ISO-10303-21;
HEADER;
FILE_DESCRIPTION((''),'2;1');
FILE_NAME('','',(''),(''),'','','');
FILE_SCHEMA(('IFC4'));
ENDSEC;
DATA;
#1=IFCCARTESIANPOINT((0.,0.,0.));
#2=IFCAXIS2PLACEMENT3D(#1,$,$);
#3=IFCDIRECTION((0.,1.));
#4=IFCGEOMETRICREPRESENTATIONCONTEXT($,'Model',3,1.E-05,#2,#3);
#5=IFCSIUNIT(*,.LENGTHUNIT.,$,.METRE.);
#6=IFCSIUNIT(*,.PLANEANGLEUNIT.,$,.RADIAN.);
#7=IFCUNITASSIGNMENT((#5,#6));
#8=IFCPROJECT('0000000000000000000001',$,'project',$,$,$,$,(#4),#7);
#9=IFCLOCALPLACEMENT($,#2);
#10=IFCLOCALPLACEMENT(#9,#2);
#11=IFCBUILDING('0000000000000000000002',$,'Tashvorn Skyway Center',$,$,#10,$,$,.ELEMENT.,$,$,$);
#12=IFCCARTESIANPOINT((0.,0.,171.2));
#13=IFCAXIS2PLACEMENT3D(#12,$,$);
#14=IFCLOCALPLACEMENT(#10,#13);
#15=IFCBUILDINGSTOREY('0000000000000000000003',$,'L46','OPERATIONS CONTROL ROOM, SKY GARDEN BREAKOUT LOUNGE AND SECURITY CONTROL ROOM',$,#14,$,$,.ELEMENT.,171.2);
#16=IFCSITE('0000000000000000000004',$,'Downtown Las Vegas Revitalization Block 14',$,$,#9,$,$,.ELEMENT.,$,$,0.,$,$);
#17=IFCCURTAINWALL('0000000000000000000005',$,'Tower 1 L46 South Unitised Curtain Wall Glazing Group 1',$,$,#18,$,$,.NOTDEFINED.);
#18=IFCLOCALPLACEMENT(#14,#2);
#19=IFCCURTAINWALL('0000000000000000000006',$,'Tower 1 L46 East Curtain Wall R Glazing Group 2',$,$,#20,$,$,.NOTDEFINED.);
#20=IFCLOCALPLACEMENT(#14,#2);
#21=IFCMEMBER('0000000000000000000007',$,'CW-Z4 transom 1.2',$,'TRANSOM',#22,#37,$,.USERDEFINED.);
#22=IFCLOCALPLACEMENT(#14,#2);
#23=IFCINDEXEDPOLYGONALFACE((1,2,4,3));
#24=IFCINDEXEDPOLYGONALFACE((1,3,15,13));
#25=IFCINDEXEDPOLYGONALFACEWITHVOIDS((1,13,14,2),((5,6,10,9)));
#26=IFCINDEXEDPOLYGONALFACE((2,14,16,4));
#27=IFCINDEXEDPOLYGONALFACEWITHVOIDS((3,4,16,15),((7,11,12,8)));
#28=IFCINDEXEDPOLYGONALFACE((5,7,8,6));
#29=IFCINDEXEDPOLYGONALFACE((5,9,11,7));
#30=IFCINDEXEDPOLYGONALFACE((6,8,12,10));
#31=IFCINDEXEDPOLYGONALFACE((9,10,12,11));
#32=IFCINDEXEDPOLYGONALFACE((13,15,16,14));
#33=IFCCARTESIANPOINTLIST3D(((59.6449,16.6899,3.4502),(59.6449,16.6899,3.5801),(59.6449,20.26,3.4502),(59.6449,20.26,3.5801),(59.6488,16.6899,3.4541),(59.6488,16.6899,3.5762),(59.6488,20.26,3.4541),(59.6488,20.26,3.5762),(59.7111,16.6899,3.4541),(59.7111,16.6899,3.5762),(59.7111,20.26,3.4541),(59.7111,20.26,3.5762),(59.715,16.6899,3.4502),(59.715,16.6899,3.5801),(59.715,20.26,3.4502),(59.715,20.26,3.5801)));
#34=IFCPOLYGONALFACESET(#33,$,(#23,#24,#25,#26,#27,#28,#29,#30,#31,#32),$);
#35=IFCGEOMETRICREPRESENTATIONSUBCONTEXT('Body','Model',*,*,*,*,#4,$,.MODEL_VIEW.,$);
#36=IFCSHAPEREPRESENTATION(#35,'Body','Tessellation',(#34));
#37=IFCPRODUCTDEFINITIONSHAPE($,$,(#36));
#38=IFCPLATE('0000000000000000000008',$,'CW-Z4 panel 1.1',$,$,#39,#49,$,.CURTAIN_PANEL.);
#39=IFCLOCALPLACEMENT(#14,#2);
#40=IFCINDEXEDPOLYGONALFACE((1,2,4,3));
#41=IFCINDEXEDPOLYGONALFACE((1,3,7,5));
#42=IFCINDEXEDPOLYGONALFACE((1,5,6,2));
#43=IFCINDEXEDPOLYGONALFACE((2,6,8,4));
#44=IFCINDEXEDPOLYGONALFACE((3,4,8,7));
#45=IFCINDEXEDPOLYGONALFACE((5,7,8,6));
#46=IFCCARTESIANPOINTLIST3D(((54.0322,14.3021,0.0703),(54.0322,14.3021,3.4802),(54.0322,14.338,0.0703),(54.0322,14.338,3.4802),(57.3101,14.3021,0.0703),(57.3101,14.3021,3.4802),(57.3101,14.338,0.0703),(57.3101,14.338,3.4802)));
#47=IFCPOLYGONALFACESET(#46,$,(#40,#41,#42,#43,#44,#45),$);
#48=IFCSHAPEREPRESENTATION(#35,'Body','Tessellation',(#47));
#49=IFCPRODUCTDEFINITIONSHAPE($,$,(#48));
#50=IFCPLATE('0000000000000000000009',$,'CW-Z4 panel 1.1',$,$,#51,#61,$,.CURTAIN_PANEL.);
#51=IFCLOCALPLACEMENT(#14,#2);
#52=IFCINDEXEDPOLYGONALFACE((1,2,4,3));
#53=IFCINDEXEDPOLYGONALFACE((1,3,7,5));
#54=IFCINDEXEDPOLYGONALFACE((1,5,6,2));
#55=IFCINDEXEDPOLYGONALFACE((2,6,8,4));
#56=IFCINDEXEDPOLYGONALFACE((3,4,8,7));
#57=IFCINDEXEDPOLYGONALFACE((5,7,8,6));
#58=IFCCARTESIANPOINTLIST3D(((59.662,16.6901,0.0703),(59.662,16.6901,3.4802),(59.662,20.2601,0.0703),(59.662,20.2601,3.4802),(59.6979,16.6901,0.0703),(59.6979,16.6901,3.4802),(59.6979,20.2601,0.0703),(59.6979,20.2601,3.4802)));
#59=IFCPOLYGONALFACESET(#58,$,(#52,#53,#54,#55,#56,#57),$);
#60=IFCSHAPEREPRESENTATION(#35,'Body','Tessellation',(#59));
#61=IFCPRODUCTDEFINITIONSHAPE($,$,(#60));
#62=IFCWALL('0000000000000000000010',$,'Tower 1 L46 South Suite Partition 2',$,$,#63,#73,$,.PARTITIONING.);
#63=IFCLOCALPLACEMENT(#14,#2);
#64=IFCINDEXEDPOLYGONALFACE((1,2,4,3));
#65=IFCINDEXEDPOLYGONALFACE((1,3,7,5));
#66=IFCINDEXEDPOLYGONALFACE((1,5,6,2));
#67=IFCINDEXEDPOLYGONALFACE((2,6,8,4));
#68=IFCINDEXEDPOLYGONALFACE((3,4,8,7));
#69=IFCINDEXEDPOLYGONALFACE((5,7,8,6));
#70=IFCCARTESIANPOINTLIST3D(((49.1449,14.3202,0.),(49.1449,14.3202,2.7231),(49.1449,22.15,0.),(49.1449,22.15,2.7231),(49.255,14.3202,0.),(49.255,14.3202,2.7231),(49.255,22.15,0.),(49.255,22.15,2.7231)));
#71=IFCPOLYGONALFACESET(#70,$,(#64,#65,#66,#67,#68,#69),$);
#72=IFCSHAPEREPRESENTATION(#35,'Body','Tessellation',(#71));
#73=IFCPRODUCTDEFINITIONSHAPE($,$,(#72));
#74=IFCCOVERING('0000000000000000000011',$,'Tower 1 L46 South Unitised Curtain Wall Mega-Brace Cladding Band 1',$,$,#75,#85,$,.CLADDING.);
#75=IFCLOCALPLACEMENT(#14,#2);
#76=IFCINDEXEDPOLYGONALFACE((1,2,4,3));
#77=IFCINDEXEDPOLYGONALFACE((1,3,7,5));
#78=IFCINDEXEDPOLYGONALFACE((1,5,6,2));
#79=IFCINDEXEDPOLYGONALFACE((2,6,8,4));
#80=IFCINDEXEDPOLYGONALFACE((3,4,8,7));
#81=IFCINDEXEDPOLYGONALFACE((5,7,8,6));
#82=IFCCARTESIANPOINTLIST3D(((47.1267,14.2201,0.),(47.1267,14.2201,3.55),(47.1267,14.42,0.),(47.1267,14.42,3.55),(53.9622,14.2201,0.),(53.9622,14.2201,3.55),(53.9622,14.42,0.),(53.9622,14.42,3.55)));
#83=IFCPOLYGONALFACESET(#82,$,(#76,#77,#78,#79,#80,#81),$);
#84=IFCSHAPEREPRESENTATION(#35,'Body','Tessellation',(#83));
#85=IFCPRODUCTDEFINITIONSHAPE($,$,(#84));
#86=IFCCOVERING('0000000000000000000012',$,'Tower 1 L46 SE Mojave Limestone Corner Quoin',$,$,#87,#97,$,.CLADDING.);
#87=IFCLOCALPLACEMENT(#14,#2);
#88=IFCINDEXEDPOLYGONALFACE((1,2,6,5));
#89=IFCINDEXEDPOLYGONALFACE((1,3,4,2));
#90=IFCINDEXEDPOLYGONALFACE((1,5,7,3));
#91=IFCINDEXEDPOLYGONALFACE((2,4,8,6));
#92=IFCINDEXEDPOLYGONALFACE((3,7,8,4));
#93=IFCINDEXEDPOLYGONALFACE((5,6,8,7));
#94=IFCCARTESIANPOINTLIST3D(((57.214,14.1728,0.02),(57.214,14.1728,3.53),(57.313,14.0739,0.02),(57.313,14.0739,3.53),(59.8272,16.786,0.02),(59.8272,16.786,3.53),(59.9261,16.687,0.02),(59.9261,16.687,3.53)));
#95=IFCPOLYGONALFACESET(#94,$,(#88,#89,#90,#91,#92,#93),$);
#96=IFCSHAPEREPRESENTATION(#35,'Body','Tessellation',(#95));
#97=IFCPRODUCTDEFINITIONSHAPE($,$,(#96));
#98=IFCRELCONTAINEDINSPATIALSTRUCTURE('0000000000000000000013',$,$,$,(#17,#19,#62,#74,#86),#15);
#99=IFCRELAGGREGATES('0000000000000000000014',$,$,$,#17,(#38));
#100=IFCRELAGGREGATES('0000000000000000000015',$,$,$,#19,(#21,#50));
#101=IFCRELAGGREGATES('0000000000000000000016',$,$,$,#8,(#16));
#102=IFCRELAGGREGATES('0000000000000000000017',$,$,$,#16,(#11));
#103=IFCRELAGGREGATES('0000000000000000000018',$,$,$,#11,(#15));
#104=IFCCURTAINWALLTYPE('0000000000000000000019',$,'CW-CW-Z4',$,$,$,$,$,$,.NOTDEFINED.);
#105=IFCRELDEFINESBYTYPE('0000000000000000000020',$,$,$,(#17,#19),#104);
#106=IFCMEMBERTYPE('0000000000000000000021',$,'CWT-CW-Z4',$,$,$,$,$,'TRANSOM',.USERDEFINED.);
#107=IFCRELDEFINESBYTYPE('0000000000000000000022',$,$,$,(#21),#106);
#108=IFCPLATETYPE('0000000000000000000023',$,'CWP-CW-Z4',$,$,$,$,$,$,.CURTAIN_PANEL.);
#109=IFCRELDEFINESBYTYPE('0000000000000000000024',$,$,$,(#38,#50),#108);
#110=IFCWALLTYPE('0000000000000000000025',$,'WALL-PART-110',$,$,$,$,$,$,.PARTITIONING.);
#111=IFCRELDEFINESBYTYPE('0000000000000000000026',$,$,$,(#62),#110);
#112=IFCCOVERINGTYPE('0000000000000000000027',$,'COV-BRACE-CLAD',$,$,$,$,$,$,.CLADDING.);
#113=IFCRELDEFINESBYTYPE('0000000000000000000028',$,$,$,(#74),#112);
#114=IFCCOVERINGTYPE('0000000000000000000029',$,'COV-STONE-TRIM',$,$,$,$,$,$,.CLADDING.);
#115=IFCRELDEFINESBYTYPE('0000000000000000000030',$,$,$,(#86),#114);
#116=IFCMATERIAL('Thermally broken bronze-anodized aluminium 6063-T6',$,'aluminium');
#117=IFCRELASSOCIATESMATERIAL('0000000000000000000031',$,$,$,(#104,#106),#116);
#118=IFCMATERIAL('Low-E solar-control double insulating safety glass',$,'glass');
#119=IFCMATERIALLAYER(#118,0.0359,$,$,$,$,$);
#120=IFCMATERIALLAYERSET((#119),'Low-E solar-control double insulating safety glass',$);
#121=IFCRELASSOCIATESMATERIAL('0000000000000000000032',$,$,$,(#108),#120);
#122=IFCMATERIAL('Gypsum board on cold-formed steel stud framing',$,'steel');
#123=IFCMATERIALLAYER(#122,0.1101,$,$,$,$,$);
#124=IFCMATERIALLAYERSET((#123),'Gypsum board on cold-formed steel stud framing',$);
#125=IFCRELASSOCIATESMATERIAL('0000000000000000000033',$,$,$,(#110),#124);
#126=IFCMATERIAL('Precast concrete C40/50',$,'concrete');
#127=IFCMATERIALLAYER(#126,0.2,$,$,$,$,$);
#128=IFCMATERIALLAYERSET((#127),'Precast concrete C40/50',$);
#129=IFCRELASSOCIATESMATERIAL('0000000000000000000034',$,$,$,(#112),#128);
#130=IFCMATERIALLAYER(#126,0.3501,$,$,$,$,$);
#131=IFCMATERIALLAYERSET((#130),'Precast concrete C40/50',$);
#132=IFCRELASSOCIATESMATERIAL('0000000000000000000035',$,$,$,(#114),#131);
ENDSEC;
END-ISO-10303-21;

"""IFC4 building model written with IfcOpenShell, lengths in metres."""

from ifc_helpers import new_model, si_unit, direction, frame, frame_2d, origin, origin_2d, place, context, subcontext, project, spatial, rectangle, hollow_rectangle, extrude, material, layer, layer_set, material_profile, profile_set, type_object, element, aggregate, save


model = new_model("IFC4")

# Units and contexts
model_context = context("Model", 3, precision=1e-05, world=origin(), true_north=direction((0.0, 1.0)))
body_context = subcontext(model_context, "Body", "Model", "MODEL_VIEW")
ifc_project = project(units=[si_unit("LENGTHUNIT", "METRE"), si_unit("PLANEANGLEUNIT", "RADIAN")], contexts=[model_context])

# Site, building, storey
site_placement = place(None, origin())
site = spatial("IfcSite", under=ifc_project, at=site_placement, Name="Downtown Las Vegas Revitalization Block 14", CompositionType="ELEMENT", RefElevation=0.0)
building_placement = place(site_placement, origin())
building = spatial("IfcBuilding", under=site, at=building_placement, Name="Tashvorn Skyway Center", CompositionType="ELEMENT")
storey_placement = place(building_placement, frame((0.0, 0.0, 171.2)))
storey = spatial("IfcBuildingStorey", under=building, at=storey_placement, Name="L46", Description="OPERATIONS CONTROL ROOM, SKY GARDEN BREAKOUT LOUNGE AND SECURITY CONTROL ROOM", CompositionType="ELEMENT", Elevation=171.2)

# Curtain wall
ifc_material_1 = material(Name="Thermally broken bronze-anodized aluminium 6063-T6", Category="aluminium")
curtain_wall_type = type_object("IfcCurtainWallType", Name="CW-CW-Z4", PredefinedType="NOTDEFINED", material=ifc_material_1)
curtain_wall_1_placement = place(storey_placement, origin())
curtain_wall_1 = element("IfcCurtainWall", 1, at=curtain_wall_1_placement, inside=storey, type_object=curtain_wall_type, Name="Tower 1 L46 South Unitised Curtain Wall Glazing Group 1", PredefinedType="NOTDEFINED")

# Curtain wall
curtain_wall_2_placement = place(storey_placement, origin())
curtain_wall_2 = element("IfcCurtainWall", 2, at=curtain_wall_2_placement, inside=storey, type_object=curtain_wall_type, Name="Tower 1 L46 East Curtain Wall R Glazing Group 2", PredefinedType="NOTDEFINED")

# Member
ifc_material_profile_1 = material_profile(ifc_material_1, hollow_rectangle(XDim=0.0701, YDim=0.1299, WallThickness=0.0039, at=origin_2d()), Name="ALU-TRAN-70x130")
ifc_profile_set_1 = profile_set([ifc_material_profile_1], Name="Thermally broken bronze-anodized aluminium 6063-T6")
member_type_1 = type_object("IfcMemberType", Name="CWT-CW-Z4", ElementType="TRANSOM", PredefinedType="USERDEFINED", material=ifc_profile_set_1)
member_1_placement = place(storey_placement, frame((59.6799, 20.26, 3.5151), z_axis=(0.0, -1.0, 0.0), x_axis=(1.0, 0.0, 0.0)))
member_1 = element("IfcMember", 3, at=member_1_placement, type_object=member_type_1, Name="CW-Z4 transom 1.2", ObjectType="TRANSOM", PredefinedType="USERDEFINED", context=body_context, shape_type="SweptSolid", body=[
    extrude(hollow_rectangle(XDim=0.0701, YDim=0.1299, WallThickness=0.0039, at=origin_2d()), origin(), (0.0, 0.0, 1.0), 3.5701),
])

# Plates
ifc_material_2 = material(Name="Low-E solar-control double insulating safety glass", Category="glass")
ifc_layer_1 = layer(ifc_material_2, 0.0359)
ifc_layer_set_1 = layer_set([ifc_layer_1], Name="Low-E solar-control double insulating safety glass")
plate_type = type_object("IfcPlateType", Name="CWP-CW-Z4", PredefinedType="CURTAIN_PANEL", material=ifc_layer_set_1)
plate_1_placement = place(storey_placement, frame((55.6711, 14.3201, 0.0703), z_axis=(0.0, 0.0, 1.0), x_axis=(-1.0, 0.0, 0.0)))
plate_1 = element("IfcPlate", 4, at=plate_1_placement, type_object=plate_type, Name="CW-Z4 panel 1.1", PredefinedType="CURTAIN_PANEL", context=body_context, shape_type="SweptSolid", body=[
    extrude(rectangle(XDim=3.2778, YDim=0.0359, at=origin_2d()), origin(), (0.0, 0.0, 1.0), 3.4099),
])
aggregate(curtain_wall_1, [plate_1])
plate_2_placement = place(storey_placement, frame((59.6799, 18.4751, 0.0703), z_axis=(0.0, 0.0, 1.0), x_axis=(0.0, -1.0, 0.0)))
plate_2 = element("IfcPlate", 5, at=plate_2_placement, type_object=plate_type, Name="CW-Z4 panel 1.1", PredefinedType="CURTAIN_PANEL", context=body_context, shape_type="SweptSolid", body=[
    extrude(rectangle(XDim=3.5701, YDim=0.0359, at=origin_2d()), origin(), (0.0, 0.0, 1.0), 3.4099),
])
aggregate(curtain_wall_2, [member_1, plate_2])

# Wall
ifc_material_3 = material(Name="Gypsum board on cold-formed steel stud framing", Category="steel")
ifc_layer_2 = layer(ifc_material_3, 0.1101)
ifc_layer_set_2 = layer_set([ifc_layer_2], Name="Gypsum board on cold-formed steel stud framing")
wall_type = type_object("IfcWallType", Name="WALL-PART-110", PredefinedType="PARTITIONING", material=ifc_layer_set_2)
wall_placement = place(storey_placement, frame((49.2, 14.3201, 0.0), z_axis=(0.0, 0.0, 1.0), x_axis=(0.0, 1.0, 0.0)))
element("IfcWall", 6, at=wall_placement, inside=storey, type_object=wall_type, Name="Tower 1 L46 South Suite Partition 2", PredefinedType="PARTITIONING", context=body_context, shape_type="SweptSolid", body=[
    extrude(rectangle(XDim=7.8298, YDim=0.1101, at=frame_2d((3.915, 0.0))), origin(), (0.0, 0.0, 1.0), 2.7231),
])

# Coverings
ifc_material_4 = material(Name="Precast concrete C40/50", Category="concrete")
ifc_layer_3 = layer(ifc_material_4, 0.2)
ifc_layer_set_3 = layer_set([ifc_layer_3], Name="Precast concrete C40/50")
covering_type_1 = type_object("IfcCoveringType", Name="COV-BRACE-CLAD", PredefinedType="CLADDING", material=ifc_layer_set_3)
covering_1_placement = place(storey_placement, frame((50.5444, 14.3201, 0.0), z_axis=(0.0, 0.0, 1.0), x_axis=(-1.0, 0.0, 0.0)))
element("IfcCovering", 7, at=covering_1_placement, inside=storey, type_object=covering_type_1, Name="Tower 1 L46 South Unitised Curtain Wall Mega-Brace Cladding Band 1", PredefinedType="CLADDING", context=body_context, shape_type="SweptSolid", body=[
    extrude(rectangle(XDim=6.8354, YDim=0.2, at=origin_2d()), origin(), (0.0, 0.0, 1.0), 3.55),
])
ifc_layer_4 = layer(ifc_material_4, 0.3501)
ifc_layer_set_4 = layer_set([ifc_layer_4], Name="Precast concrete C40/50")
covering_type_2 = type_object("IfcCoveringType", Name="COV-STONE-TRIM", PredefinedType="CLADDING", material=ifc_layer_set_4)
covering_2_placement = place(storey_placement, frame((58.5701, 15.4299, 0.02), z_axis=(0.0, 0.0, 1.0), x_axis=(0.707107, 0.707107, 0.0)))
element("IfcCovering", 8, at=covering_2_placement, inside=storey, type_object=covering_type_2, Name="Tower 1 L46 SE Mojave Limestone Corner Quoin", PredefinedType="CLADDING", context=body_context, shape_type="SweptSolid", body=[
    extrude(rectangle(XDim=3.6956, YDim=0.1399, at=origin_2d()), origin(), (0.0, 0.0, 1.0), 3.51),
])

save(model, "model.ifc")
